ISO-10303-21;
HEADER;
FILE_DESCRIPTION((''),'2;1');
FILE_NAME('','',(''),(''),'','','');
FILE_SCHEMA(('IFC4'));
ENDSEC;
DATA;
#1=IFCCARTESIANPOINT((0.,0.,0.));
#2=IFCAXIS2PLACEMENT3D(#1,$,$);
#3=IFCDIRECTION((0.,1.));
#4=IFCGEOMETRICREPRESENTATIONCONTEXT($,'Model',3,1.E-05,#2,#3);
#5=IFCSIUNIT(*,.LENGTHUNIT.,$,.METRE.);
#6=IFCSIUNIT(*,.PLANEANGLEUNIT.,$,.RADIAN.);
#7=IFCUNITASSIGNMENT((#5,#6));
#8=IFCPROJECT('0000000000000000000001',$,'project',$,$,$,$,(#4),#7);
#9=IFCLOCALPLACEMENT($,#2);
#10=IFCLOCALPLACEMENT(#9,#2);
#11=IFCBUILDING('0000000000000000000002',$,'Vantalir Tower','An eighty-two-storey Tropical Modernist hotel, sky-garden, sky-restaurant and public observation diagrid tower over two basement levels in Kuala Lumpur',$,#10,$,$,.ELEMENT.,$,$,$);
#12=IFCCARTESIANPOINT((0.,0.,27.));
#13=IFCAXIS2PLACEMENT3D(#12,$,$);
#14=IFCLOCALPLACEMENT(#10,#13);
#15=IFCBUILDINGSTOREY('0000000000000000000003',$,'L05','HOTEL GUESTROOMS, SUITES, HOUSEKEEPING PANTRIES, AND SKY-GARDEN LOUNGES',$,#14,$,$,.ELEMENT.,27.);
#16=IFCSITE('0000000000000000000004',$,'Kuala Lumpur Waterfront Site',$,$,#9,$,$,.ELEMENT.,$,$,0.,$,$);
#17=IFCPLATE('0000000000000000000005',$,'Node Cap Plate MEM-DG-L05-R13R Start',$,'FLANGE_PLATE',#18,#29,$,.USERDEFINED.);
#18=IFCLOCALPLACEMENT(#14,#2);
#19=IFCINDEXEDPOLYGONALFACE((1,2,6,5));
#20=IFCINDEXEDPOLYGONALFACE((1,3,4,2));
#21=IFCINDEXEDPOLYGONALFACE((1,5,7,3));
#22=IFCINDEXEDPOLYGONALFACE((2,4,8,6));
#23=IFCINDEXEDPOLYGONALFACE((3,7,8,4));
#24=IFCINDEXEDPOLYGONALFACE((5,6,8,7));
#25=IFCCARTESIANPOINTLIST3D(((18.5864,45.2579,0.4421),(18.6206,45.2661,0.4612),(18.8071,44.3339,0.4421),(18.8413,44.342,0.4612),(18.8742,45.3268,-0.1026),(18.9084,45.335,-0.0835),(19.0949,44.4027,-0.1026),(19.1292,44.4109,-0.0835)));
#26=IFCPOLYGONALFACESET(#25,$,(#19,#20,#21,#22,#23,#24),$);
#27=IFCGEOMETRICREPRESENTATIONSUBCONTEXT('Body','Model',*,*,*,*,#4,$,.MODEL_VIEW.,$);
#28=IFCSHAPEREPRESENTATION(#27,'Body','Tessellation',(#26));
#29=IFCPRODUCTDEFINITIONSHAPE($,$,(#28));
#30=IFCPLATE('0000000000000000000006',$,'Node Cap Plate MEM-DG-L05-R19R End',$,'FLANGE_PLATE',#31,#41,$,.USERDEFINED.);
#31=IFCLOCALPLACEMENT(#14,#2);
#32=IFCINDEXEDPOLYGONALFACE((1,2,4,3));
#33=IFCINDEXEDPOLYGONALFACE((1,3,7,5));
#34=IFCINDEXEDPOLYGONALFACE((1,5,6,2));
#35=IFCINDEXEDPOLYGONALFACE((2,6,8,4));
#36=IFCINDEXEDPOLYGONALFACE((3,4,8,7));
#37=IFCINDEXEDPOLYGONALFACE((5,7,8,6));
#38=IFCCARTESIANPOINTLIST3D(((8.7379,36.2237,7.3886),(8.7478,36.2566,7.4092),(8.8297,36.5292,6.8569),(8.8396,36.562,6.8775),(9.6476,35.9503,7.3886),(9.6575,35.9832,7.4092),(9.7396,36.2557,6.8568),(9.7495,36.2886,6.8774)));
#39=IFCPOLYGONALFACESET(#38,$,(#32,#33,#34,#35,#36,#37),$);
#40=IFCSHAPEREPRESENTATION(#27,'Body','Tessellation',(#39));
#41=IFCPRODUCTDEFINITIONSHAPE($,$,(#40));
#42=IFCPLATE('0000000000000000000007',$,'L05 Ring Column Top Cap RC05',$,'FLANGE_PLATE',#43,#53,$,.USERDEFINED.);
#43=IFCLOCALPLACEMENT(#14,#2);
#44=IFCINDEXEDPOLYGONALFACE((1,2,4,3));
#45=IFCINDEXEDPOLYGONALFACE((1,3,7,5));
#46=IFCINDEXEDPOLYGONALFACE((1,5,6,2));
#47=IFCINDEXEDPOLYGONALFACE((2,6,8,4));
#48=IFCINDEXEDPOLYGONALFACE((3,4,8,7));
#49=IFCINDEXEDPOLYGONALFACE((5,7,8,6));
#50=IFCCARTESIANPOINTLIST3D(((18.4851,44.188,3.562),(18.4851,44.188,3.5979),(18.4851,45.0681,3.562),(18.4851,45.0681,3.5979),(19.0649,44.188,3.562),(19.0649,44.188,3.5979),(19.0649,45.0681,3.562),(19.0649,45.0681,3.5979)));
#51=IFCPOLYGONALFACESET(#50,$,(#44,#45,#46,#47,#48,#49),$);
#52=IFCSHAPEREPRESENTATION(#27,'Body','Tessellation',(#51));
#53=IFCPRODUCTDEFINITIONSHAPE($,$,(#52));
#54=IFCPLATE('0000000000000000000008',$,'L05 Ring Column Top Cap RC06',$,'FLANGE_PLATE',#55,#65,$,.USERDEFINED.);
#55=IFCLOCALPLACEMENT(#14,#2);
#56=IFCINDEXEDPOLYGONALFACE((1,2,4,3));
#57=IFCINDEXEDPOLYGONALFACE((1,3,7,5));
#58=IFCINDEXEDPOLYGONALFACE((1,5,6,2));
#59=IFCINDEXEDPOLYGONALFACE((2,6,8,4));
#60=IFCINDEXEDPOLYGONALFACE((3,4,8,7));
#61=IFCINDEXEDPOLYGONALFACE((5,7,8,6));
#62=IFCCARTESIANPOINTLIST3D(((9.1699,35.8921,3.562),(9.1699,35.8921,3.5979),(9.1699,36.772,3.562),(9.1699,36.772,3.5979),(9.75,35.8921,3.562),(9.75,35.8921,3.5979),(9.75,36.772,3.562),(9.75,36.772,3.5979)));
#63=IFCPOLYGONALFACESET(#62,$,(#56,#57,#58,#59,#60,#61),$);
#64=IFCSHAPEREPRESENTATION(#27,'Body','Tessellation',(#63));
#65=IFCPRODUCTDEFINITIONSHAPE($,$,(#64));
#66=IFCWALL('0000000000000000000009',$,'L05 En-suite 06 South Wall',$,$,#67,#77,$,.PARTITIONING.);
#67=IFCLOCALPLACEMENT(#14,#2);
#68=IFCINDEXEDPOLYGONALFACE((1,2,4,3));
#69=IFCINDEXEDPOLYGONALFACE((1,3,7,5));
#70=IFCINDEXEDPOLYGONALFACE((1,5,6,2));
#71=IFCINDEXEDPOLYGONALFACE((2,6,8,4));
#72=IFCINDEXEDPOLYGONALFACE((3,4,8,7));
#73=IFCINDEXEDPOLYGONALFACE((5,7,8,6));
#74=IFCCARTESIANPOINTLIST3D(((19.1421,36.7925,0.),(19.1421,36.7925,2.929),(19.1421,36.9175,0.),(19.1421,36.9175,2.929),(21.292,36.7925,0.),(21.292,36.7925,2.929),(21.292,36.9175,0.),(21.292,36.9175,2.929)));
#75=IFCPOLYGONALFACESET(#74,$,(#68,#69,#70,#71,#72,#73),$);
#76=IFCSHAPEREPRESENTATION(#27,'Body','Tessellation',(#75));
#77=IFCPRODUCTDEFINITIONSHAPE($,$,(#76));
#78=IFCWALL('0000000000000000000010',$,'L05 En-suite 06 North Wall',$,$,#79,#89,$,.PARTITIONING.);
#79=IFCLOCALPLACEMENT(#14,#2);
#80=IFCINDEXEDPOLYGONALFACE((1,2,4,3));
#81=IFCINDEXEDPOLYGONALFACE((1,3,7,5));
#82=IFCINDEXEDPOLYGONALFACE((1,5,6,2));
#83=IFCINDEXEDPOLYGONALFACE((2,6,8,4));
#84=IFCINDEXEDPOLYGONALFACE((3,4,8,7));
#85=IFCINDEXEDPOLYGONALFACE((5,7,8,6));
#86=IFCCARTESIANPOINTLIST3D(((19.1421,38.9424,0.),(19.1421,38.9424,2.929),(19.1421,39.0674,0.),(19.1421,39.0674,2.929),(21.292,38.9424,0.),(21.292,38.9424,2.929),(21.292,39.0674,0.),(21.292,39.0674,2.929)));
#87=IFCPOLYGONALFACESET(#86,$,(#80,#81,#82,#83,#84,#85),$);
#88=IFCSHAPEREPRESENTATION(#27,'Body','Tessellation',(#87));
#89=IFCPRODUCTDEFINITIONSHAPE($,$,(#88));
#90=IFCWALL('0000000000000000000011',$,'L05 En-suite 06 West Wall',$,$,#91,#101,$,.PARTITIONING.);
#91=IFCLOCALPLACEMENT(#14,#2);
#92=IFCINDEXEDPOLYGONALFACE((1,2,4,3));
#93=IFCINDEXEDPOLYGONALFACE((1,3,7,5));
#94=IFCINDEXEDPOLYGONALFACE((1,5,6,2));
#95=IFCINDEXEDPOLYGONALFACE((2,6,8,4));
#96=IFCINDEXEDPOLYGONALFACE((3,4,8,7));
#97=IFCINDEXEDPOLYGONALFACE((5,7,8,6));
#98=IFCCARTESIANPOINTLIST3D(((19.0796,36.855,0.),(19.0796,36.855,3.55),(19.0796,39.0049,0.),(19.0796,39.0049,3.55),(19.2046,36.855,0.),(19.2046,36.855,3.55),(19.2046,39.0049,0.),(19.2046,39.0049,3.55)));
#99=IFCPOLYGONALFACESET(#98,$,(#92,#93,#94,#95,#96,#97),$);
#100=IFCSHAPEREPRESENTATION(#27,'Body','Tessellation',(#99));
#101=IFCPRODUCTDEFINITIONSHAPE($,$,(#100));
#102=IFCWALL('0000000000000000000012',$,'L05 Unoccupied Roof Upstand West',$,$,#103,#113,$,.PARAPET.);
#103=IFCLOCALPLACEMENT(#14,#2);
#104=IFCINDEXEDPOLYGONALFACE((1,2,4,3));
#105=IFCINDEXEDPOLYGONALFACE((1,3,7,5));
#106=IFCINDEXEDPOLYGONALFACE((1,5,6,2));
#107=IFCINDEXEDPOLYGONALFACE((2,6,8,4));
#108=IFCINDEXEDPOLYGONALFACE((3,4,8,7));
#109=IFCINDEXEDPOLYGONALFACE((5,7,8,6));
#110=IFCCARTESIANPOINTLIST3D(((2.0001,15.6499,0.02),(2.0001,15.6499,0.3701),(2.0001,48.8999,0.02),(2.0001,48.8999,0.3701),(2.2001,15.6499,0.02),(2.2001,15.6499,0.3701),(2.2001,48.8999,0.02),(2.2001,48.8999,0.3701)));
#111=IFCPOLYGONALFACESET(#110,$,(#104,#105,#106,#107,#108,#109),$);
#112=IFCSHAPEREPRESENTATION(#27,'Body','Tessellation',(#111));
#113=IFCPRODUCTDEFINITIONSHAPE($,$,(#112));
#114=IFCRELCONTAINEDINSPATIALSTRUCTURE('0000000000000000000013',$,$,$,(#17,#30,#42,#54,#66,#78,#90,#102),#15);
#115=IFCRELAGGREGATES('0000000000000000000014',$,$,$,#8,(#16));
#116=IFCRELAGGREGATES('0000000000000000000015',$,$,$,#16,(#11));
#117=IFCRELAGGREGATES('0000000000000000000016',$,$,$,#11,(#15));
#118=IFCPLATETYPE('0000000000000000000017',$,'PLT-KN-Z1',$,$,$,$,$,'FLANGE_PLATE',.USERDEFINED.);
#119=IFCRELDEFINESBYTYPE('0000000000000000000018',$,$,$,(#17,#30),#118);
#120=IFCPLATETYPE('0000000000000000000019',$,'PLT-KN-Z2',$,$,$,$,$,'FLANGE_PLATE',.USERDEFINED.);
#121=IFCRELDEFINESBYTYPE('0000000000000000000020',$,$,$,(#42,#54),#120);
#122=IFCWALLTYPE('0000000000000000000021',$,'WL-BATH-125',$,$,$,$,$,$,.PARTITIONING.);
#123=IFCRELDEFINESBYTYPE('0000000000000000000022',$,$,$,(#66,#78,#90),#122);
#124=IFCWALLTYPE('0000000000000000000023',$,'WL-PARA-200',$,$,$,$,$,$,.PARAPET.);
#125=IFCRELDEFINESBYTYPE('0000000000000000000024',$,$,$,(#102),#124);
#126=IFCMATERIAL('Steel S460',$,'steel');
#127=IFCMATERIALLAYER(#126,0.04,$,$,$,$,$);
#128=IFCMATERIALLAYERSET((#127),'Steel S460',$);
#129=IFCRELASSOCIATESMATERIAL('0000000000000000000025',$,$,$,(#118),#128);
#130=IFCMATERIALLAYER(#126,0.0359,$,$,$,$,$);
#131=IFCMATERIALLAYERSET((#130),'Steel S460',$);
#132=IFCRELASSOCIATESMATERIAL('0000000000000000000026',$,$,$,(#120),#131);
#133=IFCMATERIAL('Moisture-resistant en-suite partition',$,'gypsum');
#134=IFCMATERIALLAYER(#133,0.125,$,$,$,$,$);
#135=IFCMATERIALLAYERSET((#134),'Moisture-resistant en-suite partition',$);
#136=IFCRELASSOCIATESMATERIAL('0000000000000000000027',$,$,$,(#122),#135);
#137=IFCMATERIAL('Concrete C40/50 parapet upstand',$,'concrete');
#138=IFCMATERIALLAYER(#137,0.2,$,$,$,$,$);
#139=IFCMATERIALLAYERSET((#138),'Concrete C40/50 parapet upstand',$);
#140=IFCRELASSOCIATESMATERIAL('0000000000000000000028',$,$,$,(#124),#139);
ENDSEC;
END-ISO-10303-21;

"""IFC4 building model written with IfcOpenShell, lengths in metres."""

from ifc_helpers import new_model, si_unit, direction, frame, frame_2d, origin, place, context, subcontext, project, spatial, polyline, rectangle, outline, extrude, material, layer, layer_set, type_object, element, save


model = new_model("IFC4")

# Units and contexts
model_context = context("Model", 3, precision=1e-05, world=origin(), true_north=direction((0.0, 1.0)))
body_context = subcontext(model_context, "Body", "Model", "MODEL_VIEW")
ifc_project = project(units=[si_unit("LENGTHUNIT", "METRE"), si_unit("PLANEANGLEUNIT", "RADIAN")], contexts=[model_context])

# Site, building, storey
site_placement = place(None, origin())
site = spatial("IfcSite", under=ifc_project, at=site_placement, Name="Kuala Lumpur Waterfront Site", CompositionType="ELEMENT", RefElevation=0.0)
building_placement = place(site_placement, origin())
building = spatial("IfcBuilding", under=site, at=building_placement, Name="Vantalir Tower", Description="An eighty-two-storey Tropical Modernist hotel, sky-garden, sky-restaurant and public observation diagrid tower over two basement levels in Kuala Lumpur", CompositionType="ELEMENT")
storey_placement = place(building_placement, frame((0.0, 0.0, 27.0)))
storey = spatial("IfcBuildingStorey", under=building, at=storey_placement, Name="L05", Description="HOTEL GUESTROOMS, SUITES, HOUSEKEEPING PANTRIES, AND SKY-GARDEN LOUNGES", CompositionType="ELEMENT", Elevation=27.0)

# Shared definitions
ifc_material_1 = material(Name="Steel S460", Category="steel")

# Plates
ifc_layer_1 = layer(ifc_material_1, 0.04)
ifc_layer_set_1 = layer_set([ifc_layer_1], Name="Steel S460")
plate_type_1 = type_object("IfcPlateType", Name="PLT-KN-Z1", ElementType="FLANGE_PLATE", PredefinedType="USERDEFINED", material=ifc_layer_set_1)
plate_1_placement = place(storey_placement, frame((19.1292, 44.4109, -0.0835), z_axis=(0.854627, 0.204117, 0.477439), x_axis=(-0.232304, 0.972643, 0.0)))
element("IfcPlate", 1, at=plate_1_placement, inside=storey, type_object=plate_type_1, Name="Node Cap Plate MEM-DG-L05-R13R Start", ObjectType="FLANGE_PLATE", PredefinedType="USERDEFINED", context=body_context, shape_type="SweptSolid", body=[
    extrude(outline(polyline([(0.0, 0.0), (0.9501, 0.0), (0.95, 0.6199), (-0.0001, 0.6199), (0.0, 0.0)])), origin(), (0.0, 0.0, -1.0), 0.04),
])
plate_2_placement = place(storey_placement, frame((9.7495, 36.2886, 6.8774), z_axis=(0.246832, 0.821267, 0.514388), x_axis=(-0.957684, 0.287822, 0.000016)))
element("IfcPlate", 2, at=plate_2_placement, inside=storey, type_object=plate_type_1, Name="Node Cap Plate MEM-DG-L05-R19R End", ObjectType="FLANGE_PLATE", PredefinedType="USERDEFINED", context=body_context, shape_type="SweptSolid", body=[
    extrude(outline(polyline([(0.0, 0.0), (0.9501, 0.0), (0.9501, 0.62), (0.0002, 0.6201), (0.0, 0.0)])), origin(), (0.0, 0.0, -1.0), 0.04),
])
ifc_layer_2 = layer(ifc_material_1, 0.0359)
ifc_layer_set_2 = layer_set([ifc_layer_2], Name="Steel S460")
plate_type_2 = type_object("IfcPlateType", Name="PLT-KN-Z2", ElementType="FLANGE_PLATE", PredefinedType="USERDEFINED", material=ifc_layer_set_2)
plate_3_placement = place(storey_placement, frame((18.4851, 45.0681, 3.5979), z_axis=(0.0, 0.0, 1.0), x_axis=(0.0, -1.0, 0.0)))
element("IfcPlate", 3, at=plate_3_placement, inside=storey, type_object=plate_type_2, Name="L05 Ring Column Top Cap RC05", ObjectType="FLANGE_PLATE", PredefinedType="USERDEFINED", context=body_context, shape_type="SweptSolid", body=[
    extrude(outline(polyline([(0.0, 0.0), (0.8801, 0.0), (0.8801, 0.5798), (0.0, 0.5798), (0.0, 0.0)])), origin(), (0.0, 0.0, -1.0), 0.0359),
])
plate_4_placement = place(storey_placement, frame((9.1699, 36.772, 3.5979), z_axis=(0.0, 0.0, 1.0), x_axis=(0.0, -1.0, 0.0)))
element("IfcPlate", 4, at=plate_4_placement, inside=storey, type_object=plate_type_2, Name="L05 Ring Column Top Cap RC06", ObjectType="FLANGE_PLATE", PredefinedType="USERDEFINED", context=body_context, shape_type="SweptSolid", body=[
    extrude(outline(polyline([(0.0, 0.0), (0.8799, 0.0), (0.8799, 0.5801), (0.0, 0.5801), (0.0, 0.0)])), origin(), (0.0, 0.0, -1.0), 0.0359),
])

# Walls
ifc_material_2 = material(Name="Moisture-resistant en-suite partition", Category="gypsum")
ifc_layer_3 = layer(ifc_material_2, 0.125)
ifc_layer_set_3 = layer_set([ifc_layer_3], Name="Moisture-resistant en-suite partition")
wall_type_1 = type_object("IfcWallType", Name="WL-BATH-125", PredefinedType="PARTITIONING", material=ifc_layer_set_3)
for number, where, z_axis, x_axis, name in (
    (5, (19.1421, 36.855, 0.0), (0.0, 0.0, 1.0), (1.0, 0.0, 0.0), "L05 En-suite 06 South Wall"),
    (6, (19.1421, 39.0049, 0.0), (0.0, 0.0, 1.0), (1.0, 0.0, 0.0), "L05 En-suite 06 North Wall"),
):
    element("IfcWall", number, at=place(storey_placement, frame(where, z_axis=z_axis, x_axis=x_axis)), inside=storey, type_object=wall_type_1, Name=name, PredefinedType="PARTITIONING", context=body_context, shape_type="SweptSolid", body=[
        extrude(rectangle(XDim=2.1499, YDim=0.125, at=frame_2d((1.075, 0.0))), origin(), (0.0, 0.0, 1.0), 2.929),
    ])
wall_1_placement = place(storey_placement, frame((19.1421, 36.855, 0.0), z_axis=(0.0, 0.0, 1.0), x_axis=(0.0, 1.0, 0.0)))
element("IfcWall", 7, at=wall_1_placement, inside=storey, type_object=wall_type_1, Name="L05 En-suite 06 West Wall", PredefinedType="PARTITIONING", context=body_context, shape_type="SweptSolid", body=[
    extrude(rectangle(XDim=2.1499, YDim=0.125, at=frame_2d((1.075, 0.0))), origin(), (0.0, 0.0, 1.0), 3.55),
])
ifc_material_3 = material(Name="Concrete C40/50 parapet upstand", Category="concrete")
ifc_layer_4 = layer(ifc_material_3, 0.2)
ifc_layer_set_4 = layer_set([ifc_layer_4], Name="Concrete C40/50 parapet upstand")
wall_type_2 = type_object("IfcWallType", Name="WL-PARA-200", PredefinedType="PARAPET", material=ifc_layer_set_4)
wall_2_placement = place(storey_placement, frame((2.1001, 48.8999, 0.02), z_axis=(0.0, 0.0, 1.0), x_axis=(0.0, -1.0, 0.0)))
element("IfcWall", 8, at=wall_2_placement, inside=storey, type_object=wall_type_2, Name="L05 Unoccupied Roof Upstand West", PredefinedType="PARAPET", context=body_context, shape_type="SweptSolid", body=[
    extrude(rectangle(XDim=33.25, YDim=0.2, at=frame_2d((16.625, 0.0))), origin(), (0.0, 0.0, 1.0), 0.3501),
])

save(model, "model.ifc")
